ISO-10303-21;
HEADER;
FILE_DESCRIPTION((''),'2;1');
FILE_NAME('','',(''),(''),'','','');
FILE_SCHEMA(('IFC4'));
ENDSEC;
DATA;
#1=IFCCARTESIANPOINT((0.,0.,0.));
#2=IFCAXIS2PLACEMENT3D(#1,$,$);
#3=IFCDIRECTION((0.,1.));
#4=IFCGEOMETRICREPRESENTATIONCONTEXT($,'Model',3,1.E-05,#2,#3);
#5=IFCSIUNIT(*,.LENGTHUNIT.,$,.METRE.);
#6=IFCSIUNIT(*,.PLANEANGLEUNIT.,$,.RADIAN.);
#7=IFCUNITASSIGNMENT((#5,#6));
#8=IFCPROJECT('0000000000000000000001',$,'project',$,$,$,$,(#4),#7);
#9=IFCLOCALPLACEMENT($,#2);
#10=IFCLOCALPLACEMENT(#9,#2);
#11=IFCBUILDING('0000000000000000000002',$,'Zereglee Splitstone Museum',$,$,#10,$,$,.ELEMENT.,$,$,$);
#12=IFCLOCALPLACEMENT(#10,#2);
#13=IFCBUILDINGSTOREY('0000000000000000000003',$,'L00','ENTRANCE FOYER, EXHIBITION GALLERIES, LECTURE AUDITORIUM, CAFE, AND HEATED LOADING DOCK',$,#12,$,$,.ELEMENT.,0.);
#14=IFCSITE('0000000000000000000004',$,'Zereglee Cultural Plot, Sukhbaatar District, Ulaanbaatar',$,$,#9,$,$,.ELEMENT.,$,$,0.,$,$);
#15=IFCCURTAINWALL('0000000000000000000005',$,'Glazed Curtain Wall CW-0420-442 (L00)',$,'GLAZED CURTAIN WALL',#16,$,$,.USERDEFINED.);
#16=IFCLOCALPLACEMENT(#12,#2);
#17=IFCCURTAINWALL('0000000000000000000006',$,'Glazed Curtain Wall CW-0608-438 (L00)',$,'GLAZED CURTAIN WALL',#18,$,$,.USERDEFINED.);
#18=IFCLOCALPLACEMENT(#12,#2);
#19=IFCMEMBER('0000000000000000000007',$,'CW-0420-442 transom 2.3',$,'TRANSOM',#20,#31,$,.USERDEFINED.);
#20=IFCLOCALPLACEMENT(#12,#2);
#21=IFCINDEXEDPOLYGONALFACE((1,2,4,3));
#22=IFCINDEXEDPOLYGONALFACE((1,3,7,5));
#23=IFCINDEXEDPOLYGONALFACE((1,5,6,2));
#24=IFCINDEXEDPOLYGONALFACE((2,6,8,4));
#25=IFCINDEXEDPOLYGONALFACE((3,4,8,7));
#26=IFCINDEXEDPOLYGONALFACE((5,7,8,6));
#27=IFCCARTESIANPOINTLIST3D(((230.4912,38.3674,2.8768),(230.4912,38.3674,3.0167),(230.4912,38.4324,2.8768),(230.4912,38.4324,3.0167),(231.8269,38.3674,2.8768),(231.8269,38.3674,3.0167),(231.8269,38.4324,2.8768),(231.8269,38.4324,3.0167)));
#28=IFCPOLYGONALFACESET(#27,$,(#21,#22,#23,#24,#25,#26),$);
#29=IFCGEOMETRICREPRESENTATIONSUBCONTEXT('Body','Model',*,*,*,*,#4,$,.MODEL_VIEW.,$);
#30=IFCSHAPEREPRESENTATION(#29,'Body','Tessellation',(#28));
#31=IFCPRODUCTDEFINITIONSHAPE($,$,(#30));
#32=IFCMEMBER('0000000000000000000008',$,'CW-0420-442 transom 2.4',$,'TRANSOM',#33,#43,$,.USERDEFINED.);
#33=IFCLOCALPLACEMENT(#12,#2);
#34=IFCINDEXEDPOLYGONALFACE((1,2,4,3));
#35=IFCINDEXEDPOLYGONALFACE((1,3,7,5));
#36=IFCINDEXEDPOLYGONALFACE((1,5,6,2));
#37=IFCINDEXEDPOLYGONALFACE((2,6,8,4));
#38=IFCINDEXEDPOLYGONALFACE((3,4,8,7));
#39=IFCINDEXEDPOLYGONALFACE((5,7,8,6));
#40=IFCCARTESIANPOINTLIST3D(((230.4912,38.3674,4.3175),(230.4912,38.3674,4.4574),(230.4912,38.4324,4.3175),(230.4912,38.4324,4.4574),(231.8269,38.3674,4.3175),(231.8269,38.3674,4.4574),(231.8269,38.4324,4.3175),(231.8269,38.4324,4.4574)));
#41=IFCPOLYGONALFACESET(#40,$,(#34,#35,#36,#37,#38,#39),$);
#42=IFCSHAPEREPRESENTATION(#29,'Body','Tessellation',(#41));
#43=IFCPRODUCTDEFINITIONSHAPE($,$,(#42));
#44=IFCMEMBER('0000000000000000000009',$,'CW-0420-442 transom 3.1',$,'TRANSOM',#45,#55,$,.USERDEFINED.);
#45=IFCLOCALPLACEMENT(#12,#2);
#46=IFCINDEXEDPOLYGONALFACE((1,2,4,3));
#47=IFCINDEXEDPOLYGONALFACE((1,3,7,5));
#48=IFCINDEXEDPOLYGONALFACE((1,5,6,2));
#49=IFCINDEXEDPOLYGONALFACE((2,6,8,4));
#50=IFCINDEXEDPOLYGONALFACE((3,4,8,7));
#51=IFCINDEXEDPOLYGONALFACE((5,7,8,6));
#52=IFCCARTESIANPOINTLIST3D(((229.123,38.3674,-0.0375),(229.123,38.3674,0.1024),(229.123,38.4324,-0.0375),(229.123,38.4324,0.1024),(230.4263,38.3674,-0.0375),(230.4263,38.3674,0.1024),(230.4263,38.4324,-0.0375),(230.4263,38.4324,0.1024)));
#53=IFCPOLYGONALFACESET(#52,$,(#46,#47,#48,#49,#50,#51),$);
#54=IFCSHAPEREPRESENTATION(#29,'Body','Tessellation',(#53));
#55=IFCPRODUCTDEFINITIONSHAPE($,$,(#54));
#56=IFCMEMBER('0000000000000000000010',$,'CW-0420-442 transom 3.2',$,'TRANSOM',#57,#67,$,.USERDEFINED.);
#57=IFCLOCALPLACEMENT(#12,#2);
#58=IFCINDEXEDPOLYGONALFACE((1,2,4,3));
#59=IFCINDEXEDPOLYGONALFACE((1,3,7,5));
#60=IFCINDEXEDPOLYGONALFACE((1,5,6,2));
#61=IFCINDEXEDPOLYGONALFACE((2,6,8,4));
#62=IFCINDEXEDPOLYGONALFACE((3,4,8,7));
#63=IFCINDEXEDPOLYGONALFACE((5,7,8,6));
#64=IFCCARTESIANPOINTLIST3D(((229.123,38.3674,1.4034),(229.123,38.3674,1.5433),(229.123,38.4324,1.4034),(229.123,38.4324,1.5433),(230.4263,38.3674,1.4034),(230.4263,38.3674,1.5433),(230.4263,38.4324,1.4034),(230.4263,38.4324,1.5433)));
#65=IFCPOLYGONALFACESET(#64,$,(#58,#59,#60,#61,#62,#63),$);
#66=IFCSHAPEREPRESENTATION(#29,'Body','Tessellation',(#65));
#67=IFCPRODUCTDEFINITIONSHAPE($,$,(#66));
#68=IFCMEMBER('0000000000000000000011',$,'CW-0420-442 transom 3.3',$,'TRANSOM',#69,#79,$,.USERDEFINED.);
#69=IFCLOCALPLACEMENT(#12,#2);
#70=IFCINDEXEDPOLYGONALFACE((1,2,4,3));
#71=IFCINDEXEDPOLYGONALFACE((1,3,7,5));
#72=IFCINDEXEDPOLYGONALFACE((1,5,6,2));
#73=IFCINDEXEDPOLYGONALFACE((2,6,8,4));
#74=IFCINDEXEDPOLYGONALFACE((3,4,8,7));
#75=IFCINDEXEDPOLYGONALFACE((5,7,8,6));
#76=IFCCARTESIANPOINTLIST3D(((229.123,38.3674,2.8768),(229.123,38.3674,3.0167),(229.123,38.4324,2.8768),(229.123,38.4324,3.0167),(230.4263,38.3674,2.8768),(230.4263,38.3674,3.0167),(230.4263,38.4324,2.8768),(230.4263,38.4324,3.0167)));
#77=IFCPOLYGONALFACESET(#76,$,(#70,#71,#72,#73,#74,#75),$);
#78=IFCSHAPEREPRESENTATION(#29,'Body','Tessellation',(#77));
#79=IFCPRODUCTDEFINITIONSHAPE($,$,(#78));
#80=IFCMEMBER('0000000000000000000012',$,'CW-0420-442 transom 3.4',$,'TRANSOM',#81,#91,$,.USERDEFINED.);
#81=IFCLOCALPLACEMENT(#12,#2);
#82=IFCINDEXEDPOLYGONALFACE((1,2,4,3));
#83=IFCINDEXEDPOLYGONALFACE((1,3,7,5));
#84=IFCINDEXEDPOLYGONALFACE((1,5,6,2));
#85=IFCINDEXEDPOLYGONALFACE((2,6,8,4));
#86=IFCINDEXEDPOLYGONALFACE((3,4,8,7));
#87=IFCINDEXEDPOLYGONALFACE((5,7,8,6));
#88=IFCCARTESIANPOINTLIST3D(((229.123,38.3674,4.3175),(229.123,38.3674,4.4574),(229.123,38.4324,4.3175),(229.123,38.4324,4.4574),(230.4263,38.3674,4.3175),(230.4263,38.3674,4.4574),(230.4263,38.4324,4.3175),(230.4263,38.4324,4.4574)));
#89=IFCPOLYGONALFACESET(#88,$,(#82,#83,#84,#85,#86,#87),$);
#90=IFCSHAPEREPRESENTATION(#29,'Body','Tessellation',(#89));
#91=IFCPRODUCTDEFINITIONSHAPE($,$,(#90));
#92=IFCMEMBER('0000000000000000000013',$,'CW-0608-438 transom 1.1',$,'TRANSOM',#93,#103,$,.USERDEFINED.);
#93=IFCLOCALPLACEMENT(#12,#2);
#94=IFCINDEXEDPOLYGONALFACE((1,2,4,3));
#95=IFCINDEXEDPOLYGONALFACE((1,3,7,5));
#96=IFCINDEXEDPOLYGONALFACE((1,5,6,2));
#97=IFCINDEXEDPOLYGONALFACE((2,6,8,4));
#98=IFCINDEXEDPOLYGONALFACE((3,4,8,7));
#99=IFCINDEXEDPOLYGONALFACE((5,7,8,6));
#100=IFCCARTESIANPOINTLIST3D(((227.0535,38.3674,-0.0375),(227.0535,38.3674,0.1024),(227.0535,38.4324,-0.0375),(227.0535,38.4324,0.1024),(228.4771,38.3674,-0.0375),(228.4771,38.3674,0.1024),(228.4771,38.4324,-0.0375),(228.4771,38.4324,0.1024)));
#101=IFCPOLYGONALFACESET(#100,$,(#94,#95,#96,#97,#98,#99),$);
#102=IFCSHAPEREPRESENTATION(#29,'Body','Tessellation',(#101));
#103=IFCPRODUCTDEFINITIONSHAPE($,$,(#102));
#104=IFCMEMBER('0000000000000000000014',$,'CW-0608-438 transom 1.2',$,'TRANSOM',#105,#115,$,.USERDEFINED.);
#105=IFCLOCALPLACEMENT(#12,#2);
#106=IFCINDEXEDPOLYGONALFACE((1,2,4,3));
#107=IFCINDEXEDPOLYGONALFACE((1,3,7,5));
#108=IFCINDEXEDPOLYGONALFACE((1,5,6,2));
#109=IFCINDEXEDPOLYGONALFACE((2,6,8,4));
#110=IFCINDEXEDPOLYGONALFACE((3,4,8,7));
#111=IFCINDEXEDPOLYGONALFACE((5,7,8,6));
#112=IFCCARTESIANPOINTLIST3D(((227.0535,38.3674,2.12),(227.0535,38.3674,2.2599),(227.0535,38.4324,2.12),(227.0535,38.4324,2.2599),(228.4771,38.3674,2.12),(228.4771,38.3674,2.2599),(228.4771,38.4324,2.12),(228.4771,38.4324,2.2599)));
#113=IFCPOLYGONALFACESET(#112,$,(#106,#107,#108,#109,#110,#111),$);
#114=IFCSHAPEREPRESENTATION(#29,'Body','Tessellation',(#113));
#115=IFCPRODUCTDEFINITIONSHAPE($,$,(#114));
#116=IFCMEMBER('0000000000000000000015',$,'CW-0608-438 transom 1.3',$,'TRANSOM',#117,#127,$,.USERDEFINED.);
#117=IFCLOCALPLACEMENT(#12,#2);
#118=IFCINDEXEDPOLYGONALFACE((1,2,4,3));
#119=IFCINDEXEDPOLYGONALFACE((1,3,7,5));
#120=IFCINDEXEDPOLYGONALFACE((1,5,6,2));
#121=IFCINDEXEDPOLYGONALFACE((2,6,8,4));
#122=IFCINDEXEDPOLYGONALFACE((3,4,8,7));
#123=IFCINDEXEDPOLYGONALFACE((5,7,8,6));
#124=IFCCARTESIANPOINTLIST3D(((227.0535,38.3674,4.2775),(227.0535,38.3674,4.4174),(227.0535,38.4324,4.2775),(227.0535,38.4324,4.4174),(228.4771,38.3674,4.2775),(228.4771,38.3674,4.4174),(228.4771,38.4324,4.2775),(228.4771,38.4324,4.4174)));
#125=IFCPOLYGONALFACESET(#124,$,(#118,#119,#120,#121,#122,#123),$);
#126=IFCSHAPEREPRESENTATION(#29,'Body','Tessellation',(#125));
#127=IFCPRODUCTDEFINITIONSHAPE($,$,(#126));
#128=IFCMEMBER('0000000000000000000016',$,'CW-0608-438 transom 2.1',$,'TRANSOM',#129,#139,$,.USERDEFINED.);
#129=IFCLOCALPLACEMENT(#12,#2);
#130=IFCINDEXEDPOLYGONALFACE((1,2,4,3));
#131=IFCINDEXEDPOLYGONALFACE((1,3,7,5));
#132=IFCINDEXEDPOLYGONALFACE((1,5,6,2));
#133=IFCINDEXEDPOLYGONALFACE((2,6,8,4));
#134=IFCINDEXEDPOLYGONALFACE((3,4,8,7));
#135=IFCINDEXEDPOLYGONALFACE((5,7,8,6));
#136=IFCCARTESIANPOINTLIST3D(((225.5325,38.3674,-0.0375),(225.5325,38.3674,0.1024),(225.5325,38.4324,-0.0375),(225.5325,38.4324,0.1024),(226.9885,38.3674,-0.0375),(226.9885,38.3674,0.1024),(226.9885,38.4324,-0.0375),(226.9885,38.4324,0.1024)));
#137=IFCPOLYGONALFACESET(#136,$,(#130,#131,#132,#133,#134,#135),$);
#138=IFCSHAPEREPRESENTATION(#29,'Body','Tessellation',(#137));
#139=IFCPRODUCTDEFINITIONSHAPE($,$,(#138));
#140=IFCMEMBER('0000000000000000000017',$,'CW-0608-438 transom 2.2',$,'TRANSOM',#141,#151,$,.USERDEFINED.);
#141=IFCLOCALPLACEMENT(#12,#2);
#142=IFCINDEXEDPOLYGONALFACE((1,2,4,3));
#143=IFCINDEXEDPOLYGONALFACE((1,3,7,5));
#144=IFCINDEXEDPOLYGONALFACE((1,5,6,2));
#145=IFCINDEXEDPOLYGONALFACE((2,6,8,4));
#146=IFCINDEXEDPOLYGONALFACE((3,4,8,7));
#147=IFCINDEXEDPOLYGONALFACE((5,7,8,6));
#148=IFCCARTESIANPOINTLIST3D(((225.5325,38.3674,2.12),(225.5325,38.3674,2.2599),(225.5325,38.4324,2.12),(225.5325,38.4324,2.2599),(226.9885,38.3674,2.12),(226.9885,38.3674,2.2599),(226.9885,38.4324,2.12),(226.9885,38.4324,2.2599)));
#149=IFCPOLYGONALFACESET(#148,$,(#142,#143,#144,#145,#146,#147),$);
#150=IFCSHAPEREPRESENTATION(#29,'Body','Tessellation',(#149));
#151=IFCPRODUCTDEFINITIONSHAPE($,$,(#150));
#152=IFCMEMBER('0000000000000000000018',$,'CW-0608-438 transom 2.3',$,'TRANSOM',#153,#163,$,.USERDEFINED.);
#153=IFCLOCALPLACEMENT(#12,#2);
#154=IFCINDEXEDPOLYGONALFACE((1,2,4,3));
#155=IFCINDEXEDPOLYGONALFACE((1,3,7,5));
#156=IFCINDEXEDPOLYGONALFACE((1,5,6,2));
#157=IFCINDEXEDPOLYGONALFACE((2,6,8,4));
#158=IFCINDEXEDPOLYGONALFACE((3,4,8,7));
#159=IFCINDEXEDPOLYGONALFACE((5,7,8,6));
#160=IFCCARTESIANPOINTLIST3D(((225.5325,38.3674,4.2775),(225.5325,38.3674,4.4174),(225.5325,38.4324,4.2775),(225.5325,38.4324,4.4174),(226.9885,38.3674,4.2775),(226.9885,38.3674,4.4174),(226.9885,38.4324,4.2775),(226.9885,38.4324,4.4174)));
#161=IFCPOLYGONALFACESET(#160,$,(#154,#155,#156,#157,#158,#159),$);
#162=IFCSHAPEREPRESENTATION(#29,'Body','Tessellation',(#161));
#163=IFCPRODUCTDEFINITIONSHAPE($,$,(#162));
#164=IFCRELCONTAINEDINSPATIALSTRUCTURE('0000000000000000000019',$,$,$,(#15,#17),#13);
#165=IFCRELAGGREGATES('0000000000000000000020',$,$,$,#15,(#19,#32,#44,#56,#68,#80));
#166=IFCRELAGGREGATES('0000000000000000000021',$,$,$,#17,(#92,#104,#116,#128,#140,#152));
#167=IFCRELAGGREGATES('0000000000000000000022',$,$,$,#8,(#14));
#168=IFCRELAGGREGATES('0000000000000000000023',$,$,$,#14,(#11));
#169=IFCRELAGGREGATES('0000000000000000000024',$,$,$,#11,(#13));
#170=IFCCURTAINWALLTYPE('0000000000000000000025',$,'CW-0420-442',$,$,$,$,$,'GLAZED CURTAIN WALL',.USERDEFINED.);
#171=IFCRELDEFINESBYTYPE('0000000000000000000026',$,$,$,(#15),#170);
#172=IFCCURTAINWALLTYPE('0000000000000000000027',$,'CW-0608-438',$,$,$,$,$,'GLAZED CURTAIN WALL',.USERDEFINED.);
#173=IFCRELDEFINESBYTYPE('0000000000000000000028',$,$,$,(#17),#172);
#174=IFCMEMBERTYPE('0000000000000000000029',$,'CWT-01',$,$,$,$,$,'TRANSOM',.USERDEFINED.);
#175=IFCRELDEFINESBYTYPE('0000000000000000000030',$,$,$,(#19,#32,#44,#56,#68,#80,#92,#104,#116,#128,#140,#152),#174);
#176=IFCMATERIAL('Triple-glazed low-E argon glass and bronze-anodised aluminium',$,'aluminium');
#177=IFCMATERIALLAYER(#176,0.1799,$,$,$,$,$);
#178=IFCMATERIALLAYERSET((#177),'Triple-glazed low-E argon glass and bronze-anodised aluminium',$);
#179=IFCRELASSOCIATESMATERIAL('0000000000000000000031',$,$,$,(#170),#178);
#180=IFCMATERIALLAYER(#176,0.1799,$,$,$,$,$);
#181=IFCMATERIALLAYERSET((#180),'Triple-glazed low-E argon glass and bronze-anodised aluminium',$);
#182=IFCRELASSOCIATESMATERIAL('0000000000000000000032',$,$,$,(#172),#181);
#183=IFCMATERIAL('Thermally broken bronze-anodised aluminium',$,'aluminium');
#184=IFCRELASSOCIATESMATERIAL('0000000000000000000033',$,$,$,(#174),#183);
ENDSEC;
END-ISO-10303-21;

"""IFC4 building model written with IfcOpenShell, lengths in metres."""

from ifc_helpers import new_model, si_unit, direction, frame, origin, origin_2d, place, context, subcontext, project, spatial, rectangle, extrude, material, layer, layer_set, material_profile, profile_set, type_object, element, aggregate, save


model = new_model("IFC4")

# Units and contexts
model_context = context("Model", 3, precision=1e-05, world=origin(), true_north=direction((0.0, 1.0)))
body_context = subcontext(model_context, "Body", "Model", "MODEL_VIEW")
ifc_project = project(units=[si_unit("LENGTHUNIT", "METRE"), si_unit("PLANEANGLEUNIT", "RADIAN")], contexts=[model_context])

# Site, building, storey
site_placement = place(None, origin())
site = spatial("IfcSite", under=ifc_project, at=site_placement, Name="Zereglee Cultural Plot, Sukhbaatar District, Ulaanbaatar", CompositionType="ELEMENT", RefElevation=0.0)
building_placement = place(site_placement, origin())
building = spatial("IfcBuilding", under=site, at=building_placement, Name="Zereglee Splitstone Museum", CompositionType="ELEMENT")
storey_placement = place(building_placement, origin())
storey = spatial("IfcBuildingStorey", under=building, at=storey_placement, Name="L00", Description="ENTRANCE FOYER, EXHIBITION GALLERIES, LECTURE AUDITORIUM, CAFE, AND HEATED LOADING DOCK", CompositionType="ELEMENT", Elevation=0.0)

# Shared definitions
ifc_material_1 = material(Name="Triple-glazed low-E argon glass and bronze-anodised aluminium", Category="aluminium")
ifc_material_2 = material(Name="Thermally broken bronze-anodised aluminium", Category="aluminium")

# Curtain walls
ifc_layer_1 = layer(ifc_material_1, 0.1799)
ifc_layer_set_1 = layer_set([ifc_layer_1], Name="Triple-glazed low-E argon glass and bronze-anodised aluminium")
curtain_wall_type_1 = type_object("IfcCurtainWallType", Name="CW-0420-442", ElementType="GLAZED CURTAIN WALL", PredefinedType="USERDEFINED", material=ifc_layer_set_1)
curtain_wall_1_placement = place(storey_placement, origin())
curtain_wall_1 = element("IfcCurtainWall", 1, at=curtain_wall_1_placement, inside=storey, type_object=curtain_wall_type_1, Name="Glazed Curtain Wall CW-0420-442 (L00)", ObjectType="GLAZED CURTAIN WALL", PredefinedType="USERDEFINED")
ifc_layer_2 = layer(ifc_material_1, 0.1799)
ifc_layer_set_2 = layer_set([ifc_layer_2], Name="Triple-glazed low-E argon glass and bronze-anodised aluminium")
curtain_wall_type_2 = type_object("IfcCurtainWallType", Name="CW-0608-438", ElementType="GLAZED CURTAIN WALL", PredefinedType="USERDEFINED", material=ifc_layer_set_2)
curtain_wall_2_placement = place(storey_placement, origin())
curtain_wall_2 = element("IfcCurtainWall", 2, at=curtain_wall_2_placement, inside=storey, type_object=curtain_wall_type_2, Name="Glazed Curtain Wall CW-0608-438 (L00)", ObjectType="GLAZED CURTAIN WALL", PredefinedType="USERDEFINED")

# Members
ifc_material_profile_1 = material_profile(ifc_material_2, rectangle(XDim=0.0649, YDim=0.1399, at=origin_2d()), Name="CW TRAN 65x140")
ifc_profile_set_1 = profile_set([ifc_material_profile_1], Name="Thermally broken bronze-anodised aluminium")
member_type_1 = type_object("IfcMemberType", Name="CWT-01", ElementType="TRANSOM", PredefinedType="USERDEFINED", material=ifc_profile_set_1)
member_1_placement = place(storey_placement, frame((231.8269, 38.3999, 2.9468), z_axis=(-1.0, 0.0, 0.0), x_axis=(0.0, -1.0, 0.0)))
member_1 = element("IfcMember", 3, at=member_1_placement, type_object=member_type_1, Name="CW-0420-442 transom 2.3", ObjectType="TRANSOM", PredefinedType="USERDEFINED", context=body_context, shape_type="SweptSolid", body=[
    extrude(rectangle(XDim=0.0649, YDim=0.1399, at=origin_2d()), origin(), (0.0, 0.0, 1.0), 1.3357),
])
member_2_placement = place(storey_placement, frame((231.8269, 38.3999, 4.3875), z_axis=(-1.0, 0.0, 0.0), x_axis=(0.0, -1.0, 0.0)))
member_2 = element("IfcMember", 4, at=member_2_placement, type_object=member_type_1, Name="CW-0420-442 transom 2.4", ObjectType="TRANSOM", PredefinedType="USERDEFINED", context=body_context, shape_type="SweptSolid", body=[
    extrude(rectangle(XDim=0.0649, YDim=0.1399, at=origin_2d()), origin(), (0.0, 0.0, 1.0), 1.3357),
])
member_3_placement = place(storey_placement, frame((230.4263, 38.3999, 0.0325), z_axis=(-1.0, 0.0, 0.0), x_axis=(0.0, -1.0, 0.0)))
member_3 = element("IfcMember", 5, at=member_3_placement, type_object=member_type_1, Name="CW-0420-442 transom 3.1", ObjectType="TRANSOM", PredefinedType="USERDEFINED", context=body_context, shape_type="SweptSolid", body=[
    extrude(rectangle(XDim=0.0649, YDim=0.1399, at=origin_2d()), origin(), (0.0, 0.0, 1.0), 1.3032),
])
member_4_placement = place(storey_placement, frame((230.4263, 38.3999, 1.4734), z_axis=(-1.0, 0.0, 0.0), x_axis=(0.0, -1.0, 0.0)))
member_4 = element("IfcMember", 6, at=member_4_placement, type_object=member_type_1, Name="CW-0420-442 transom 3.2", ObjectType="TRANSOM", PredefinedType="USERDEFINED", context=body_context, shape_type="SweptSolid", body=[
    extrude(rectangle(XDim=0.0649, YDim=0.1399, at=origin_2d()), origin(), (0.0, 0.0, 1.0), 1.3032),
])
member_5_placement = place(storey_placement, frame((230.4263, 38.3999, 2.9468), z_axis=(-1.0, 0.0, 0.0), x_axis=(0.0, -1.0, 0.0)))
member_5 = element("IfcMember", 7, at=member_5_placement, type_object=member_type_1, Name="CW-0420-442 transom 3.3", ObjectType="TRANSOM", PredefinedType="USERDEFINED", context=body_context, shape_type="SweptSolid", body=[
    extrude(rectangle(XDim=0.0649, YDim=0.1399, at=origin_2d()), origin(), (0.0, 0.0, 1.0), 1.3032),
])
member_6_placement = place(storey_placement, frame((230.4263, 38.3999, 4.3875), z_axis=(-1.0, 0.0, 0.0), x_axis=(0.0, -1.0, 0.0)))
member_6 = element("IfcMember", 8, at=member_6_placement, type_object=member_type_1, Name="CW-0420-442 transom 3.4", ObjectType="TRANSOM", PredefinedType="USERDEFINED", context=body_context, shape_type="SweptSolid", body=[
    extrude(rectangle(XDim=0.0649, YDim=0.1399, at=origin_2d()), origin(), (0.0, 0.0, 1.0), 1.3032),
])
member_7_placement = place(storey_placement, frame((228.4771, 38.3999, 0.0325), z_axis=(-1.0, 0.0, 0.0), x_axis=(0.0, -1.0, 0.0)))
member_7 = element("IfcMember", 9, at=member_7_placement, type_object=member_type_1, Name="CW-0608-438 transom 1.1", ObjectType="TRANSOM", PredefinedType="USERDEFINED", context=body_context, shape_type="SweptSolid", body=[
    extrude(rectangle(XDim=0.0649, YDim=0.1399, at=origin_2d()), origin(), (0.0, 0.0, 1.0), 1.4236),
])
member_8_placement = place(storey_placement, frame((228.4771, 38.3999, 2.1899), z_axis=(-1.0, 0.0, 0.0), x_axis=(0.0, -1.0, 0.0)))
member_8 = element("IfcMember", 10, at=member_8_placement, type_object=member_type_1, Name="CW-0608-438 transom 1.2", ObjectType="TRANSOM", PredefinedType="USERDEFINED", context=body_context, shape_type="SweptSolid", body=[
    extrude(rectangle(XDim=0.0649, YDim=0.1399, at=origin_2d()), origin(), (0.0, 0.0, 1.0), 1.4236),
])
member_9_placement = place(storey_placement, frame((228.4771, 38.3999, 4.3474), z_axis=(-1.0, 0.0, 0.0), x_axis=(0.0, -1.0, 0.0)))
member_9 = element("IfcMember", 11, at=member_9_placement, type_object=member_type_1, Name="CW-0608-438 transom 1.3", ObjectType="TRANSOM", PredefinedType="USERDEFINED", context=body_context, shape_type="SweptSolid", body=[
    extrude(rectangle(XDim=0.0649, YDim=0.1399, at=origin_2d()), origin(), (0.0, 0.0, 1.0), 1.4236),
])
member_10_placement = place(storey_placement, frame((226.9885, 38.3999, 0.0325), z_axis=(-1.0, 0.0, 0.0), x_axis=(0.0, -1.0, 0.0)))
member_10 = element("IfcMember", 12, at=member_10_placement, type_object=member_type_1, Name="CW-0608-438 transom 2.1", ObjectType="TRANSOM", PredefinedType="USERDEFINED", context=body_context, shape_type="SweptSolid", body=[
    extrude(rectangle(XDim=0.0649, YDim=0.1399, at=origin_2d()), origin(), (0.0, 0.0, 1.0), 1.4561),
])
member_11_placement = place(storey_placement, frame((226.9885, 38.3999, 2.1899), z_axis=(-1.0, 0.0, 0.0), x_axis=(0.0, -1.0, 0.0)))
member_11 = element("IfcMember", 13, at=member_11_placement, type_object=member_type_1, Name="CW-0608-438 transom 2.2", ObjectType="TRANSOM", PredefinedType="USERDEFINED", context=body_context, shape_type="SweptSolid", body=[
    extrude(rectangle(XDim=0.0649, YDim=0.1399, at=origin_2d()), origin(), (0.0, 0.0, 1.0), 1.4561),
])
member_12_placement = place(storey_placement, frame((226.9885, 38.3999, 4.3474), z_axis=(-1.0, 0.0, 0.0), x_axis=(0.0, -1.0, 0.0)))
member_12 = element("IfcMember", 14, at=member_12_placement, type_object=member_type_1, Name="CW-0608-438 transom 2.3", ObjectType="TRANSOM", PredefinedType="USERDEFINED", context=body_context, shape_type="SweptSolid", body=[
    extrude(rectangle(XDim=0.0649, YDim=0.1399, at=origin_2d()), origin(), (0.0, 0.0, 1.0), 1.4561),
])

aggregate(curtain_wall_1, [member_1, member_2, member_3, member_4, member_5, member_6])
aggregate(curtain_wall_2, [member_7, member_8, member_9, member_10, member_11, member_12])

save(model, "model.ifc")
